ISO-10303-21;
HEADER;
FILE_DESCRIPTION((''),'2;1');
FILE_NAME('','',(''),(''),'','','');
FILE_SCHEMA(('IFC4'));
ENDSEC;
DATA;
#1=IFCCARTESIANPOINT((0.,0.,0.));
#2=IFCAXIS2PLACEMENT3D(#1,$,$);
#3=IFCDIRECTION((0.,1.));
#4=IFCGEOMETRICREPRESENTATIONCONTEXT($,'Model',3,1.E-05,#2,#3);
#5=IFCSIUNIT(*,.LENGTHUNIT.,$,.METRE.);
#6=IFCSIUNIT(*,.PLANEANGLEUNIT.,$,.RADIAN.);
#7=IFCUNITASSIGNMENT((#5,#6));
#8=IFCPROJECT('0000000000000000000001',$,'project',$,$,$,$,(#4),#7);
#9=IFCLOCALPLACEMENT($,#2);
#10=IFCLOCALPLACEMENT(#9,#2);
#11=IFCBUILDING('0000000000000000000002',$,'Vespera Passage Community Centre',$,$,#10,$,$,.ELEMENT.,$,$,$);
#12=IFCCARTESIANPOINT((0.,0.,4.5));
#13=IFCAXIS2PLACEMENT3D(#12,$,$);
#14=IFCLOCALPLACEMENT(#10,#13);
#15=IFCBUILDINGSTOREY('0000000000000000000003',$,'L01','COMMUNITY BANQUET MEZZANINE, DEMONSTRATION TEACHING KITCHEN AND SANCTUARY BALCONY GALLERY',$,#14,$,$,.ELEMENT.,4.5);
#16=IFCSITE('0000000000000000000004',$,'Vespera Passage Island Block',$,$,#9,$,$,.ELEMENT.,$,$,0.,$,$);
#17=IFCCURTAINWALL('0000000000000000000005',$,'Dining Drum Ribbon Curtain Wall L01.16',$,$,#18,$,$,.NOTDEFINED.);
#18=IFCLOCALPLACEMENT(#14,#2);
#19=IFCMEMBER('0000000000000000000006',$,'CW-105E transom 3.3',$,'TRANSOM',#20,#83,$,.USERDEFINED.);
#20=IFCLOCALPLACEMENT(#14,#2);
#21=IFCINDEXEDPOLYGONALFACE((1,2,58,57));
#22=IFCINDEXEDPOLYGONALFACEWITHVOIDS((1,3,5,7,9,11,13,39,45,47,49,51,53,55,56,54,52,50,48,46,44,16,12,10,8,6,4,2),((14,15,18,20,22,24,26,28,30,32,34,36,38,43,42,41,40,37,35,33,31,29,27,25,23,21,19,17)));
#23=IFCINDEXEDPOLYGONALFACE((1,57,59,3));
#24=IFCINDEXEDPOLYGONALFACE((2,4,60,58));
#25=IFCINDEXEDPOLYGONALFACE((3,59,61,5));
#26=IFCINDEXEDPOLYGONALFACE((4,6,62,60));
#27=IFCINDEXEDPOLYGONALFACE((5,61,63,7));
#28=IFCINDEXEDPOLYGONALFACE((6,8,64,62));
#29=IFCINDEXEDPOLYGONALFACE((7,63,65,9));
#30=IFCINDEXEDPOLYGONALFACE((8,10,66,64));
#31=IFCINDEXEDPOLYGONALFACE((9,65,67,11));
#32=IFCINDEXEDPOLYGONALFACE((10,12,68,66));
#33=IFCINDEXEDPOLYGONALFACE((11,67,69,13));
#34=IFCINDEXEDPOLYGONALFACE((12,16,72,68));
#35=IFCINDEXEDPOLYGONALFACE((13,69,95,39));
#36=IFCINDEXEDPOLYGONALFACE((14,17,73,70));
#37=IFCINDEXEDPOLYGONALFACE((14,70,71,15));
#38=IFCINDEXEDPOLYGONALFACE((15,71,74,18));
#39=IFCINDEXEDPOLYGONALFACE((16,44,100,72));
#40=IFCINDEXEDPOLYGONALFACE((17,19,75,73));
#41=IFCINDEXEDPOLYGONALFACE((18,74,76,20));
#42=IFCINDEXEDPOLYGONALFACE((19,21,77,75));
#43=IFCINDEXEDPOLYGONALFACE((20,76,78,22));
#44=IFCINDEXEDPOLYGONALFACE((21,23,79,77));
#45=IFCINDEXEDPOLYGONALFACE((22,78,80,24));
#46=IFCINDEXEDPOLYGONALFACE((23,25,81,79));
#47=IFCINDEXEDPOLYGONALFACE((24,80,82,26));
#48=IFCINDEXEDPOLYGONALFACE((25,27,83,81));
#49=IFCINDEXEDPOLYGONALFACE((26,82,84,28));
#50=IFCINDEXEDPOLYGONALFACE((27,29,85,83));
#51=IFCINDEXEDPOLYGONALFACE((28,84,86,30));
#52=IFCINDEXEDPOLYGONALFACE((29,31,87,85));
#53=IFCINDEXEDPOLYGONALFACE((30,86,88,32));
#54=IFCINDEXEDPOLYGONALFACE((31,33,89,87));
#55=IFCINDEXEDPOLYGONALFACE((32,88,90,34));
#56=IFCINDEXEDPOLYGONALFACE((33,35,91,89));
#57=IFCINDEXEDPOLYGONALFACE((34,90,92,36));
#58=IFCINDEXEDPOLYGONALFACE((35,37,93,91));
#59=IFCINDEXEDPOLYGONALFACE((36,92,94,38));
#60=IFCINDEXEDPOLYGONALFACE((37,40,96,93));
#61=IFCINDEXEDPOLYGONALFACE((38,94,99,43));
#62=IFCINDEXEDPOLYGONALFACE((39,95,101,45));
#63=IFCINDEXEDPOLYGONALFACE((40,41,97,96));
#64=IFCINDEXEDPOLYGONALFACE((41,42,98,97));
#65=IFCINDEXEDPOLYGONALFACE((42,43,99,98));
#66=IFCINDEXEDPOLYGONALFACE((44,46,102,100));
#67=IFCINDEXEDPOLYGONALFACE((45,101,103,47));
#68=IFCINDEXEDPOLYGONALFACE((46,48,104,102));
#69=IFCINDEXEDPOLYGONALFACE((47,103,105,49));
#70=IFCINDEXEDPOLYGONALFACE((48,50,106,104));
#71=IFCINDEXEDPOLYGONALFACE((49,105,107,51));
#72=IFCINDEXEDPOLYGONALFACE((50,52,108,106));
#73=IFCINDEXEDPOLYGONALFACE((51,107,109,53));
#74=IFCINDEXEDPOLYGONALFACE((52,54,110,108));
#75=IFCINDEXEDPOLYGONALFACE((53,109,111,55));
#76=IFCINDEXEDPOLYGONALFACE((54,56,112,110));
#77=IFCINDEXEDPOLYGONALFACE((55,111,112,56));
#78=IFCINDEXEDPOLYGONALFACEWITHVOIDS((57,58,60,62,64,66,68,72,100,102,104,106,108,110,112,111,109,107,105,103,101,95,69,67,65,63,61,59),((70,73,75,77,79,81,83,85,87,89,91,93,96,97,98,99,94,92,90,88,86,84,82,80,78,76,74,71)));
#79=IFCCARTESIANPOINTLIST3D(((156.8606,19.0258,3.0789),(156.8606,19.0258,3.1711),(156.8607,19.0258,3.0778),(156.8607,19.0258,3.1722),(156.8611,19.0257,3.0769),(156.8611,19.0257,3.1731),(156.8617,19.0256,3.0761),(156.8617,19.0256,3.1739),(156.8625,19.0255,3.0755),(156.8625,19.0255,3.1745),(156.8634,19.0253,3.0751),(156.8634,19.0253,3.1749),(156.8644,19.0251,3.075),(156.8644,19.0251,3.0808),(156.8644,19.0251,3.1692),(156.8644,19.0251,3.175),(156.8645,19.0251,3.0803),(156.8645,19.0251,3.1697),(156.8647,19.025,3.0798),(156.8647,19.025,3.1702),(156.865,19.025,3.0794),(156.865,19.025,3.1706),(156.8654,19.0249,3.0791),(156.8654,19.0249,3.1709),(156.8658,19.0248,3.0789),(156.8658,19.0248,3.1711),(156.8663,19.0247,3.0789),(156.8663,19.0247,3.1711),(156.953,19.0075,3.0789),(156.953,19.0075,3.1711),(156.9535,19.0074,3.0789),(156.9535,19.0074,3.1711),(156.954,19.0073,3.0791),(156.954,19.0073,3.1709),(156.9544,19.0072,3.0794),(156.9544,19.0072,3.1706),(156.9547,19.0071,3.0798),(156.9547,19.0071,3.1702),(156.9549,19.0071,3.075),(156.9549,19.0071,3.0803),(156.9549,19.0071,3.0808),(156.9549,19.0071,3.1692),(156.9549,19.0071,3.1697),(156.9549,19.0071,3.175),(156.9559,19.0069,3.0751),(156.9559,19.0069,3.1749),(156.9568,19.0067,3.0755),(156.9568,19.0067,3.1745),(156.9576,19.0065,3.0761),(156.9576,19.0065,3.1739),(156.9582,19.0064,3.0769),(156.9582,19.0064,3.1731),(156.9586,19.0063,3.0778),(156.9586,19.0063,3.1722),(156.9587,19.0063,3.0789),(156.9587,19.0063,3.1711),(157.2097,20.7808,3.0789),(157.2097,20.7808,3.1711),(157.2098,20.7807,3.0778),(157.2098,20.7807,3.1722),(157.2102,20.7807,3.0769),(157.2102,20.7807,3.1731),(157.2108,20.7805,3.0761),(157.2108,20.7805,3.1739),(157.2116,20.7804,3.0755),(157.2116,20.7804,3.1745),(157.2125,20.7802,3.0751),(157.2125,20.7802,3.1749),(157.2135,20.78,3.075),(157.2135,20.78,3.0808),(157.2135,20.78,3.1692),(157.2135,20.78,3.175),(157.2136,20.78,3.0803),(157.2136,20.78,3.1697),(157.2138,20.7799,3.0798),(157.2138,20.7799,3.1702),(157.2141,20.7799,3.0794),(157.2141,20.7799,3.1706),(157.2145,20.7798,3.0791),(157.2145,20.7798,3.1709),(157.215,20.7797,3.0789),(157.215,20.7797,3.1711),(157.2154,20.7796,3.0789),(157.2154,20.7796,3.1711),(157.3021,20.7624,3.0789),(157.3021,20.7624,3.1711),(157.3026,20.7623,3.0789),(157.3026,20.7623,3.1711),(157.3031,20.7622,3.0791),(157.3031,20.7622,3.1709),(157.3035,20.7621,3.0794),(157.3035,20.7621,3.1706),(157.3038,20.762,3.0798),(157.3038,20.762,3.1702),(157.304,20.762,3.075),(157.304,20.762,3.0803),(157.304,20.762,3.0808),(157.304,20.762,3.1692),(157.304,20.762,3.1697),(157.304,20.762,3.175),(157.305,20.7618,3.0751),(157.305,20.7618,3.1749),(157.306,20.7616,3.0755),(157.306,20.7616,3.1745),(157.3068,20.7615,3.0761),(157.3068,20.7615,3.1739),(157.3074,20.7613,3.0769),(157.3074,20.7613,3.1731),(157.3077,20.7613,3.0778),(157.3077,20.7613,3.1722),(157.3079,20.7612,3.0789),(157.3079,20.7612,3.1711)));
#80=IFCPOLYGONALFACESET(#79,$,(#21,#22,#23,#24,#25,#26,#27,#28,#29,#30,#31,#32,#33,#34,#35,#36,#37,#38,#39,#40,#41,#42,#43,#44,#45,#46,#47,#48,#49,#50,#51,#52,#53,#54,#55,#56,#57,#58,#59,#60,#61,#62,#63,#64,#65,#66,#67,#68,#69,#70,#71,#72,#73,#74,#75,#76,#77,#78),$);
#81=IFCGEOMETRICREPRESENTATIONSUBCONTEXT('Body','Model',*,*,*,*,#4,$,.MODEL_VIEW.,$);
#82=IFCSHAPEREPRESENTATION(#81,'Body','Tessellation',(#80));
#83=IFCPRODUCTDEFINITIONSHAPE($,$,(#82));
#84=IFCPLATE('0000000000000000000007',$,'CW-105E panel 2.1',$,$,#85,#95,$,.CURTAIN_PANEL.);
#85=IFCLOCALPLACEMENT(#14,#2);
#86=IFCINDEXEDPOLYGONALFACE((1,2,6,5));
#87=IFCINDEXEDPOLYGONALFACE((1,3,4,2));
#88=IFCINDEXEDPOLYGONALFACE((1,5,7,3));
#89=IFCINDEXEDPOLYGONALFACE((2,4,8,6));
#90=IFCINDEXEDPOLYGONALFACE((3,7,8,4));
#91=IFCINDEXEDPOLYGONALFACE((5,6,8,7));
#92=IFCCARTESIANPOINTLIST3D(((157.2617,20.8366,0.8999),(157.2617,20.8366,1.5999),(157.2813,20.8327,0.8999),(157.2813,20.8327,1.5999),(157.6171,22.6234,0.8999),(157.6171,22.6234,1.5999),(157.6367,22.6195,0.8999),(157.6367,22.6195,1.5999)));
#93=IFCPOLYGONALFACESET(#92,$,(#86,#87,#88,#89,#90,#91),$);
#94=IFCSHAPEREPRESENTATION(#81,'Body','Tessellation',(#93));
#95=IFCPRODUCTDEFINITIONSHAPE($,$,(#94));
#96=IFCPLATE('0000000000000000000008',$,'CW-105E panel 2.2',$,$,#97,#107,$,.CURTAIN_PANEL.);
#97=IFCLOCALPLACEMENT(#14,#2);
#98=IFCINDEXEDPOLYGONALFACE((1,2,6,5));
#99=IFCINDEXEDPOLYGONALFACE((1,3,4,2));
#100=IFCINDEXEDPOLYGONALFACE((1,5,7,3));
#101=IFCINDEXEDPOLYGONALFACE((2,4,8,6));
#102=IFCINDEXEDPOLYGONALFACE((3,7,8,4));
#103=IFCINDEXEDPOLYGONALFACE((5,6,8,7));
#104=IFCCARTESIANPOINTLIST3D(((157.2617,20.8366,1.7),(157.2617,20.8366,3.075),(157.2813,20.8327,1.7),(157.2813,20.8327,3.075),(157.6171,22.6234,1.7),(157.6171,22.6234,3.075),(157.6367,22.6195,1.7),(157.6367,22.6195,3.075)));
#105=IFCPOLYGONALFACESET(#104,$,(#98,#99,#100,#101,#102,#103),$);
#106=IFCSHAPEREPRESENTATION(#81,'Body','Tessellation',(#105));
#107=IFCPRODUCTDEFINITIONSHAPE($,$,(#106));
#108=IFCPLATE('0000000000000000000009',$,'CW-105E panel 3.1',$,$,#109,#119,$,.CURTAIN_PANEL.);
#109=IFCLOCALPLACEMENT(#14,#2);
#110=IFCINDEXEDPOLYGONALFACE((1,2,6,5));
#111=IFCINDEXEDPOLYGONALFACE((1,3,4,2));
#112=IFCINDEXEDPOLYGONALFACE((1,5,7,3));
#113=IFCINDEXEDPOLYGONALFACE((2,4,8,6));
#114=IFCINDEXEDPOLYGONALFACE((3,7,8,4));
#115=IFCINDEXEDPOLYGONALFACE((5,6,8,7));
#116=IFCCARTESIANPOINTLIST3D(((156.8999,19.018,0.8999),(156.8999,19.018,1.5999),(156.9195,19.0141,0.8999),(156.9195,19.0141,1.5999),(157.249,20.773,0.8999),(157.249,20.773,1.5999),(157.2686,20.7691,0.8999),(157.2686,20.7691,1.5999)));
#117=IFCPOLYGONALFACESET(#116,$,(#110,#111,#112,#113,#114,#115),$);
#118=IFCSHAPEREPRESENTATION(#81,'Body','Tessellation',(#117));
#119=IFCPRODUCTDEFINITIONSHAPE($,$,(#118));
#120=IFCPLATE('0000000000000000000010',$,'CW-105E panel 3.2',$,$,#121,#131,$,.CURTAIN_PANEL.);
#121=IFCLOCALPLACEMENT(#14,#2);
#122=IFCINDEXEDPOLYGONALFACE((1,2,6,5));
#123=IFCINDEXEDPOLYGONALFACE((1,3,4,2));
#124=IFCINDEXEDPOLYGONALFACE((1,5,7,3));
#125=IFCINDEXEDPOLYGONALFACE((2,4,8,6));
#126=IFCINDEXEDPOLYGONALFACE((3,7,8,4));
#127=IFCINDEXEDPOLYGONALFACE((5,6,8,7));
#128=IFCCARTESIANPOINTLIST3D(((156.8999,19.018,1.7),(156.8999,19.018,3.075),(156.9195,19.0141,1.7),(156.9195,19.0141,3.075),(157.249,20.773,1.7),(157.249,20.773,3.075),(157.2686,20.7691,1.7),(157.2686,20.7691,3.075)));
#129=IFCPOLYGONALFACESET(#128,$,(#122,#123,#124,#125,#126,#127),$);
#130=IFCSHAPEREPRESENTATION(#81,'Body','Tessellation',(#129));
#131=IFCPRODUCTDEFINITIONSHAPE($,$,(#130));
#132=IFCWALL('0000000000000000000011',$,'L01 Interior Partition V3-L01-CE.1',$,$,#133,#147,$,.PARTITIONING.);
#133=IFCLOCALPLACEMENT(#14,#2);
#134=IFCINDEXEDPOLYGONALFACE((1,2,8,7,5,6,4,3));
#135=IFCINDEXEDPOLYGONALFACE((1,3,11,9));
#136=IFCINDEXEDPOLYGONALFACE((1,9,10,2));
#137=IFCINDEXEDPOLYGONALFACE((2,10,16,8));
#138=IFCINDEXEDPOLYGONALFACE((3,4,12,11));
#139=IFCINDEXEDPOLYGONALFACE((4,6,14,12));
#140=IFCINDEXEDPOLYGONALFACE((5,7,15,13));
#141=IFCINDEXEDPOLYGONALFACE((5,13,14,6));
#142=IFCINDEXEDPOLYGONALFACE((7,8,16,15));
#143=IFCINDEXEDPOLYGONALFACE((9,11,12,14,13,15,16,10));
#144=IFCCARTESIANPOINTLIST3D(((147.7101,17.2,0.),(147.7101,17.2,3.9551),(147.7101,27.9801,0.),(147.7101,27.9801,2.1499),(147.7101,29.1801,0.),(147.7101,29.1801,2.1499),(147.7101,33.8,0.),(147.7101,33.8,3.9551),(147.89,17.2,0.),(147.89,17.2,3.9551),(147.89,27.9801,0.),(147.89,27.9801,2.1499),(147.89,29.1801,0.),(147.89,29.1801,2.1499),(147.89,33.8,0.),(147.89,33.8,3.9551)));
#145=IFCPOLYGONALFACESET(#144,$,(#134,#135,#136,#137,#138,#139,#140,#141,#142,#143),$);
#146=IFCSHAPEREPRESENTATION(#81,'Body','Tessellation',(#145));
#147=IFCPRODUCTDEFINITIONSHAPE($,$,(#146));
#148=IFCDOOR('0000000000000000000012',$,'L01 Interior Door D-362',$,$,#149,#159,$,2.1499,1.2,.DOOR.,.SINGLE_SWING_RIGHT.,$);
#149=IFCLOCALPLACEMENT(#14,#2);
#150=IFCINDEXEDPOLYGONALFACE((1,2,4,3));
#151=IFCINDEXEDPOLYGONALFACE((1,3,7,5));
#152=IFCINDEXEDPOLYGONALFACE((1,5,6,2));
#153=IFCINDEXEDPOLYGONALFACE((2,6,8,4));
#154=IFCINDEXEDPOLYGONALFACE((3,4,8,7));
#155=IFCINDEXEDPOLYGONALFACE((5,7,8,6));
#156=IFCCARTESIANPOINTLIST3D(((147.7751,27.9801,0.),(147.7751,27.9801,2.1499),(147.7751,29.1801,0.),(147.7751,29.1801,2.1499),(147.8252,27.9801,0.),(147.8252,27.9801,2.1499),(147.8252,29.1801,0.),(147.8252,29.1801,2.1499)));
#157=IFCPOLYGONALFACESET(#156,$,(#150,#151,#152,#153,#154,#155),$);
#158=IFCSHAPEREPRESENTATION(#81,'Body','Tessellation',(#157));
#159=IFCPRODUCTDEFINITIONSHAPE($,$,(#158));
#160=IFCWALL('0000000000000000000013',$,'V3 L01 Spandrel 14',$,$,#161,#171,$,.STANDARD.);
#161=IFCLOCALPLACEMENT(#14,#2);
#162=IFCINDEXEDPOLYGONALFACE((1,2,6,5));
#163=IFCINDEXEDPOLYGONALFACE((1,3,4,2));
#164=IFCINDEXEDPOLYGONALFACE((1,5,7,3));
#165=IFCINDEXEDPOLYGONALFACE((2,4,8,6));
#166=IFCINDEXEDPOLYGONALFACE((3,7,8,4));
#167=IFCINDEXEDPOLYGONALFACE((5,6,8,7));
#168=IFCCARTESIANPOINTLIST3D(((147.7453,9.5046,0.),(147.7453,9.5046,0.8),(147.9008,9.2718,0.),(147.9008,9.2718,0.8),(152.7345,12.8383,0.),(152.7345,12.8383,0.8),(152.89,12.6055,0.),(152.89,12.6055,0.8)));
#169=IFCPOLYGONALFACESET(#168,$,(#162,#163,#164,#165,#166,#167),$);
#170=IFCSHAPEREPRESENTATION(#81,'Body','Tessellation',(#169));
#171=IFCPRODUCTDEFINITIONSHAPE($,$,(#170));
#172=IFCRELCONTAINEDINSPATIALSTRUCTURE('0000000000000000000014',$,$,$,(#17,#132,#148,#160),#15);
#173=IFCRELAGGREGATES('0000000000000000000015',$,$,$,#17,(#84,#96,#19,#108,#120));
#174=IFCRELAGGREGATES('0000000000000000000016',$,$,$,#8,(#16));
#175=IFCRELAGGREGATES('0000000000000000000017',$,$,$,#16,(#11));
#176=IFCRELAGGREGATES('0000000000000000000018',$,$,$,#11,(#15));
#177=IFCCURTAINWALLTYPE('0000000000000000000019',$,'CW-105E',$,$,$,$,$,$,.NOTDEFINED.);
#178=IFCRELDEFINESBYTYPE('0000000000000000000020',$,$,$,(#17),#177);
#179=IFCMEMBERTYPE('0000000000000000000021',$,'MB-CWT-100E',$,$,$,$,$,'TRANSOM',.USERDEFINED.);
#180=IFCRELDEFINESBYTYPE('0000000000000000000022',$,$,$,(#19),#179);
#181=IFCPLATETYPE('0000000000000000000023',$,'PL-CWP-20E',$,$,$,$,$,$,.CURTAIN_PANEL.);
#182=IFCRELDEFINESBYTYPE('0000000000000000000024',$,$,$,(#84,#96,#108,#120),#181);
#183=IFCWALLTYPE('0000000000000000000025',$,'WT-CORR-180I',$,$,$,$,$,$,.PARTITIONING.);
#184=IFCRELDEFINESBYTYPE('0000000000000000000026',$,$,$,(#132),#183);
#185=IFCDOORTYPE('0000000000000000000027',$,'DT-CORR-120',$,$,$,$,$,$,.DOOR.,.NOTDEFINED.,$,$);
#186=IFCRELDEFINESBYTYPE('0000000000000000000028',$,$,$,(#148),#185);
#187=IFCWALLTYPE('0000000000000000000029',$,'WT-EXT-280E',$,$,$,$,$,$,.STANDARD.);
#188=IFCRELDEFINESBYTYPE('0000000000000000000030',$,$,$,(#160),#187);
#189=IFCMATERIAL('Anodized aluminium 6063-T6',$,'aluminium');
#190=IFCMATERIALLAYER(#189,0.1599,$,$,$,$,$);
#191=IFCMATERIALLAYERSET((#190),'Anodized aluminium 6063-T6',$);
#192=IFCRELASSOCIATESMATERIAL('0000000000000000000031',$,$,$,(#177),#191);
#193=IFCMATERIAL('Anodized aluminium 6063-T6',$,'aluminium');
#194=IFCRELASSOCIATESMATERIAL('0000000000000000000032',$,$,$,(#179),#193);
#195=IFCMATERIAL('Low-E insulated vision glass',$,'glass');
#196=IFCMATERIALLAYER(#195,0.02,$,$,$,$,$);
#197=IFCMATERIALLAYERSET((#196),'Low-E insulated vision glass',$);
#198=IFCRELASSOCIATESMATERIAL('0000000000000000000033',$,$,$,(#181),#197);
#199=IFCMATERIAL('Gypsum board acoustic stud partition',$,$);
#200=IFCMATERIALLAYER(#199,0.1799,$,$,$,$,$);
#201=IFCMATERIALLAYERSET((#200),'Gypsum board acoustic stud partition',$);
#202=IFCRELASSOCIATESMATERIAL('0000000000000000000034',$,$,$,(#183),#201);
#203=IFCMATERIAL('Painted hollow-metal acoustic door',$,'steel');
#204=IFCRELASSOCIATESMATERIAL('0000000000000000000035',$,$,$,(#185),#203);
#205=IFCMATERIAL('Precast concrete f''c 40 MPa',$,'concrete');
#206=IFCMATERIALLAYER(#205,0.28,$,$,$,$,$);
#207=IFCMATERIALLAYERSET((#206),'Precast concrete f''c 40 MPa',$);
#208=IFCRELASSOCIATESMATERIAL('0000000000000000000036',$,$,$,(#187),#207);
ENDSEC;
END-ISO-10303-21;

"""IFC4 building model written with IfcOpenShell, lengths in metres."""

from ifc_helpers import new_model, si_unit, direction, frame, frame_2d, origin, origin_2d, place, context, subcontext, project, spatial, rectangle, hollow_rectangle, extrude, material, layer, layer_set, material_profile, profile_set, type_object, element, fill, aggregate, save


model = new_model("IFC4")

# Units and contexts
model_context = context("Model", 3, precision=1e-05, world=origin(), true_north=direction((0.0, 1.0)))
body_context = subcontext(model_context, "Body", "Model", "MODEL_VIEW")
ifc_project = project(units=[si_unit("LENGTHUNIT", "METRE"), si_unit("PLANEANGLEUNIT", "RADIAN")], contexts=[model_context])

# Site, building, storey
site_placement = place(None, origin())
site = spatial("IfcSite", under=ifc_project, at=site_placement, Name="Vespera Passage Island Block", CompositionType="ELEMENT", RefElevation=0.0)
building_placement = place(site_placement, origin())
building = spatial("IfcBuilding", under=site, at=building_placement, Name="Vespera Passage Community Centre", CompositionType="ELEMENT")
storey_placement = place(building_placement, frame((0.0, 0.0, 4.5)))
storey = spatial("IfcBuildingStorey", under=building, at=storey_placement, Name="L01", Description="COMMUNITY BANQUET MEZZANINE, DEMONSTRATION TEACHING KITCHEN AND SANCTUARY BALCONY GALLERY", CompositionType="ELEMENT", Elevation=4.5)

# Curtain wall, member, plates
ifc_material_1 = material(Name="Anodized aluminium 6063-T6", Category="aluminium")
ifc_layer_1 = layer(ifc_material_1, 0.1599)
ifc_layer_set_1 = layer_set([ifc_layer_1], Name="Anodized aluminium 6063-T6")
curtain_wall_type = type_object("IfcCurtainWallType", Name="CW-105E", PredefinedType="NOTDEFINED", material=ifc_layer_set_1)
curtain_wall_placement = place(storey_placement, origin())
curtain_wall = element("IfcCurtainWall", 1, at=curtain_wall_placement, inside=storey, type_object=curtain_wall_type, Name="Dining Drum Ribbon Curtain Wall L01.16", PredefinedType="NOTDEFINED")
ifc_material_2 = material(Name="Anodized aluminium 6063-T6", Category="aluminium")
ifc_material_profile_1 = material_profile(ifc_material_2, hollow_rectangle(XDim=0.1001, YDim=0.1001, WallThickness=0.0039, InnerFilletRadius=0.002, OuterFilletRadius=0.0039, at=origin_2d()), Name="ALU100X100X4")
ifc_profile_set_1 = profile_set([ifc_material_profile_1], Name="Anodized aluminium 6063-T6")
member_type_1 = type_object("IfcMemberType", Name="MB-CWT-100E", ElementType="TRANSOM", PredefinedType="USERDEFINED", material=ifc_profile_set_1)
member_1_placement = place(storey_placement, frame((157.2588, 20.771, 3.125), z_axis=(-0.195119, -0.98078, 0.0), x_axis=(0.98078, -0.195119, 0.0)))
member_1 = element("IfcMember", 2, at=member_1_placement, type_object=member_type_1, Name="CW-105E transom 3.3", ObjectType="TRANSOM", PredefinedType="USERDEFINED", context=body_context, shape_type="SweptSolid", body=[
    extrude(hollow_rectangle(XDim=0.1001, YDim=0.1001, WallThickness=0.0039, InnerFilletRadius=0.002, OuterFilletRadius=0.0039, at=origin_2d()), origin(), (0.0, 0.0, 1.0), 1.7893),
])
ifc_material_3 = material(Name="Low-E insulated vision glass", Category="glass")
ifc_layer_2 = layer(ifc_material_3, 0.02)
ifc_layer_set_2 = layer_set([ifc_layer_2], Name="Low-E insulated vision glass")
plate_type = type_object("IfcPlateType", Name="PL-CWP-20E", PredefinedType="CURTAIN_PANEL", material=ifc_layer_set_2)
plate_1_placement = place(storey_placement, frame((157.4492, 21.728, 0.8999), z_axis=(0.0, 0.0, 1.0), x_axis=(-0.195097, -0.980784, 0.0)))
plate_1 = element("IfcPlate", 3, at=plate_1_placement, type_object=plate_type, Name="CW-105E panel 2.1", PredefinedType="CURTAIN_PANEL", context=body_context, shape_type="SweptSolid", body=[
    extrude(rectangle(XDim=1.8218, YDim=0.02, at=origin_2d()), origin(), (0.0, 0.0, 1.0), 0.7),
])
plate_2_placement = place(storey_placement, frame((157.4492, 21.728, 1.7), z_axis=(0.0, 0.0, 1.0), x_axis=(-0.195097, -0.980784, 0.0)))
plate_2 = element("IfcPlate", 4, at=plate_2_placement, type_object=plate_type, Name="CW-105E panel 2.2", PredefinedType="CURTAIN_PANEL", context=body_context, shape_type="SweptSolid", body=[
    extrude(rectangle(XDim=1.8218, YDim=0.02, at=origin_2d()), origin(), (0.0, 0.0, 1.0), 1.375),
])
plate_3_placement = place(storey_placement, frame((157.0842, 19.8936, 0.8999), z_axis=(0.0, 0.0, 1.0), x_axis=(-0.195097, -0.980784, 0.0)))
plate_3 = element("IfcPlate", 5, at=plate_3_placement, type_object=plate_type, Name="CW-105E panel 3.1", PredefinedType="CURTAIN_PANEL", context=body_context, shape_type="SweptSolid", body=[
    extrude(rectangle(XDim=1.7893, YDim=0.02, at=origin_2d()), origin(), (0.0, 0.0, 1.0), 0.7),
])
plate_4_placement = place(storey_placement, frame((157.0842, 19.8936, 1.7), z_axis=(0.0, 0.0, 1.0), x_axis=(-0.195097, -0.980784, 0.0)))
plate_4 = element("IfcPlate", 6, at=plate_4_placement, type_object=plate_type, Name="CW-105E panel 3.2", PredefinedType="CURTAIN_PANEL", context=body_context, shape_type="SweptSolid", body=[
    extrude(rectangle(XDim=1.7893, YDim=0.02, at=origin_2d()), origin(), (0.0, 0.0, 1.0), 1.375),
])
aggregate(curtain_wall, [plate_1, plate_2, member_1, plate_3, plate_4])

# Wall, opening, door
ifc_material_4 = material(Name="Gypsum board acoustic stud partition")
ifc_layer_3 = layer(ifc_material_4, 0.1799)
ifc_layer_set_3 = layer_set([ifc_layer_3], Name="Gypsum board acoustic stud partition")
wall_type_1 = type_object("IfcWallType", Name="WT-CORR-180I", PredefinedType="PARTITIONING", material=ifc_layer_set_3)
wall_1_placement = place(storey_placement, frame((147.8, 17.2, 0.0), z_axis=(0.0, 0.0, 1.0), x_axis=(0.0, 1.0, 0.0)))
wall_1 = element("IfcWall", 7, at=wall_1_placement, inside=storey, type_object=wall_type_1, Name="L01 Interior Partition V3-L01-CE.1", PredefinedType="PARTITIONING", context=body_context, shape_type="SweptSolid", body=[
    extrude(rectangle(XDim=16.6001, YDim=0.1799, at=frame_2d((8.3, 0.0))), origin(), (0.0, 0.0, 1.0), 3.9551),
])
opening_1_placement = place(wall_1_placement, frame((10.78, 0.0, 0.0)))
opening_1 = element("IfcOpeningElement", 8, at=opening_1_placement, cuts=wall_1, PredefinedType="OPENING", context=body_context, shape_type="SweptSolid", body=[
    extrude(rectangle(XDim=1.2, YDim=2.1499, at=frame_2d((0.6001, 1.075))), frame((0.0, 0.0999, 0.0), z_axis=(0.0, -1.0, 0.0), x_axis=(1.0, 0.0, 0.0)), (0.0, 0.0, 1.0), 0.2),
])
ifc_material_5 = material(Name="Painted hollow-metal acoustic door", Category="steel")
door_type_1 = type_object("IfcDoorType", Name="DT-CORR-120", OperationType="NOTDEFINED", PredefinedType="DOOR", material=ifc_material_5)
door_1_placement = place(opening_1_placement, origin())
door_1 = element("IfcDoor", 9, at=door_1_placement, inside=storey, type_object=door_type_1, Name="L01 Interior Door D-362", OperationType="SINGLE_SWING_RIGHT", OverallHeight=2.1499, OverallWidth=1.2, PredefinedType="DOOR", context=body_context, shape_type="SweptSolid", body=[
    extrude(rectangle(XDim=1.2, YDim=2.1499, at=frame_2d((0.6001, 1.075))), frame((0.0, 0.0249, 0.0), z_axis=(0.0, -1.0, 0.0), x_axis=(1.0, 0.0, 0.0)), (0.0, 0.0, 1.0), 0.05),
])
fill(opening_1, door_1)

# Wall
ifc_material_6 = material(Name="Precast concrete f'c 40 MPa", Category="concrete")
ifc_layer_4 = layer(ifc_material_6, 0.28)
ifc_layer_set_4 = layer_set([ifc_layer_4], Name="Precast concrete f'c 40 MPa")
wall_type_2 = type_object("IfcWallType", Name="WT-EXT-280E", PredefinedType="STANDARD", material=ifc_layer_set_4)
wall_2_placement = place(storey_placement, frame((152.8123, 12.7219, 0.0), z_axis=(0.0, 0.0, 1.0), x_axis=(-0.831468, -0.555573, 0.0)))
element("IfcWall", 10, at=wall_2_placement, inside=storey, type_object=wall_type_2, Name="V3 L01 Spandrel 14", PredefinedType="STANDARD", context=body_context, shape_type="SweptSolid", body=[
    extrude(rectangle(XDim=6.0005, YDim=0.28, at=frame_2d((3.0002, 0.0))), origin(), (0.0, 0.0, 1.0), 0.8),
])

save(model, "model.ifc")
